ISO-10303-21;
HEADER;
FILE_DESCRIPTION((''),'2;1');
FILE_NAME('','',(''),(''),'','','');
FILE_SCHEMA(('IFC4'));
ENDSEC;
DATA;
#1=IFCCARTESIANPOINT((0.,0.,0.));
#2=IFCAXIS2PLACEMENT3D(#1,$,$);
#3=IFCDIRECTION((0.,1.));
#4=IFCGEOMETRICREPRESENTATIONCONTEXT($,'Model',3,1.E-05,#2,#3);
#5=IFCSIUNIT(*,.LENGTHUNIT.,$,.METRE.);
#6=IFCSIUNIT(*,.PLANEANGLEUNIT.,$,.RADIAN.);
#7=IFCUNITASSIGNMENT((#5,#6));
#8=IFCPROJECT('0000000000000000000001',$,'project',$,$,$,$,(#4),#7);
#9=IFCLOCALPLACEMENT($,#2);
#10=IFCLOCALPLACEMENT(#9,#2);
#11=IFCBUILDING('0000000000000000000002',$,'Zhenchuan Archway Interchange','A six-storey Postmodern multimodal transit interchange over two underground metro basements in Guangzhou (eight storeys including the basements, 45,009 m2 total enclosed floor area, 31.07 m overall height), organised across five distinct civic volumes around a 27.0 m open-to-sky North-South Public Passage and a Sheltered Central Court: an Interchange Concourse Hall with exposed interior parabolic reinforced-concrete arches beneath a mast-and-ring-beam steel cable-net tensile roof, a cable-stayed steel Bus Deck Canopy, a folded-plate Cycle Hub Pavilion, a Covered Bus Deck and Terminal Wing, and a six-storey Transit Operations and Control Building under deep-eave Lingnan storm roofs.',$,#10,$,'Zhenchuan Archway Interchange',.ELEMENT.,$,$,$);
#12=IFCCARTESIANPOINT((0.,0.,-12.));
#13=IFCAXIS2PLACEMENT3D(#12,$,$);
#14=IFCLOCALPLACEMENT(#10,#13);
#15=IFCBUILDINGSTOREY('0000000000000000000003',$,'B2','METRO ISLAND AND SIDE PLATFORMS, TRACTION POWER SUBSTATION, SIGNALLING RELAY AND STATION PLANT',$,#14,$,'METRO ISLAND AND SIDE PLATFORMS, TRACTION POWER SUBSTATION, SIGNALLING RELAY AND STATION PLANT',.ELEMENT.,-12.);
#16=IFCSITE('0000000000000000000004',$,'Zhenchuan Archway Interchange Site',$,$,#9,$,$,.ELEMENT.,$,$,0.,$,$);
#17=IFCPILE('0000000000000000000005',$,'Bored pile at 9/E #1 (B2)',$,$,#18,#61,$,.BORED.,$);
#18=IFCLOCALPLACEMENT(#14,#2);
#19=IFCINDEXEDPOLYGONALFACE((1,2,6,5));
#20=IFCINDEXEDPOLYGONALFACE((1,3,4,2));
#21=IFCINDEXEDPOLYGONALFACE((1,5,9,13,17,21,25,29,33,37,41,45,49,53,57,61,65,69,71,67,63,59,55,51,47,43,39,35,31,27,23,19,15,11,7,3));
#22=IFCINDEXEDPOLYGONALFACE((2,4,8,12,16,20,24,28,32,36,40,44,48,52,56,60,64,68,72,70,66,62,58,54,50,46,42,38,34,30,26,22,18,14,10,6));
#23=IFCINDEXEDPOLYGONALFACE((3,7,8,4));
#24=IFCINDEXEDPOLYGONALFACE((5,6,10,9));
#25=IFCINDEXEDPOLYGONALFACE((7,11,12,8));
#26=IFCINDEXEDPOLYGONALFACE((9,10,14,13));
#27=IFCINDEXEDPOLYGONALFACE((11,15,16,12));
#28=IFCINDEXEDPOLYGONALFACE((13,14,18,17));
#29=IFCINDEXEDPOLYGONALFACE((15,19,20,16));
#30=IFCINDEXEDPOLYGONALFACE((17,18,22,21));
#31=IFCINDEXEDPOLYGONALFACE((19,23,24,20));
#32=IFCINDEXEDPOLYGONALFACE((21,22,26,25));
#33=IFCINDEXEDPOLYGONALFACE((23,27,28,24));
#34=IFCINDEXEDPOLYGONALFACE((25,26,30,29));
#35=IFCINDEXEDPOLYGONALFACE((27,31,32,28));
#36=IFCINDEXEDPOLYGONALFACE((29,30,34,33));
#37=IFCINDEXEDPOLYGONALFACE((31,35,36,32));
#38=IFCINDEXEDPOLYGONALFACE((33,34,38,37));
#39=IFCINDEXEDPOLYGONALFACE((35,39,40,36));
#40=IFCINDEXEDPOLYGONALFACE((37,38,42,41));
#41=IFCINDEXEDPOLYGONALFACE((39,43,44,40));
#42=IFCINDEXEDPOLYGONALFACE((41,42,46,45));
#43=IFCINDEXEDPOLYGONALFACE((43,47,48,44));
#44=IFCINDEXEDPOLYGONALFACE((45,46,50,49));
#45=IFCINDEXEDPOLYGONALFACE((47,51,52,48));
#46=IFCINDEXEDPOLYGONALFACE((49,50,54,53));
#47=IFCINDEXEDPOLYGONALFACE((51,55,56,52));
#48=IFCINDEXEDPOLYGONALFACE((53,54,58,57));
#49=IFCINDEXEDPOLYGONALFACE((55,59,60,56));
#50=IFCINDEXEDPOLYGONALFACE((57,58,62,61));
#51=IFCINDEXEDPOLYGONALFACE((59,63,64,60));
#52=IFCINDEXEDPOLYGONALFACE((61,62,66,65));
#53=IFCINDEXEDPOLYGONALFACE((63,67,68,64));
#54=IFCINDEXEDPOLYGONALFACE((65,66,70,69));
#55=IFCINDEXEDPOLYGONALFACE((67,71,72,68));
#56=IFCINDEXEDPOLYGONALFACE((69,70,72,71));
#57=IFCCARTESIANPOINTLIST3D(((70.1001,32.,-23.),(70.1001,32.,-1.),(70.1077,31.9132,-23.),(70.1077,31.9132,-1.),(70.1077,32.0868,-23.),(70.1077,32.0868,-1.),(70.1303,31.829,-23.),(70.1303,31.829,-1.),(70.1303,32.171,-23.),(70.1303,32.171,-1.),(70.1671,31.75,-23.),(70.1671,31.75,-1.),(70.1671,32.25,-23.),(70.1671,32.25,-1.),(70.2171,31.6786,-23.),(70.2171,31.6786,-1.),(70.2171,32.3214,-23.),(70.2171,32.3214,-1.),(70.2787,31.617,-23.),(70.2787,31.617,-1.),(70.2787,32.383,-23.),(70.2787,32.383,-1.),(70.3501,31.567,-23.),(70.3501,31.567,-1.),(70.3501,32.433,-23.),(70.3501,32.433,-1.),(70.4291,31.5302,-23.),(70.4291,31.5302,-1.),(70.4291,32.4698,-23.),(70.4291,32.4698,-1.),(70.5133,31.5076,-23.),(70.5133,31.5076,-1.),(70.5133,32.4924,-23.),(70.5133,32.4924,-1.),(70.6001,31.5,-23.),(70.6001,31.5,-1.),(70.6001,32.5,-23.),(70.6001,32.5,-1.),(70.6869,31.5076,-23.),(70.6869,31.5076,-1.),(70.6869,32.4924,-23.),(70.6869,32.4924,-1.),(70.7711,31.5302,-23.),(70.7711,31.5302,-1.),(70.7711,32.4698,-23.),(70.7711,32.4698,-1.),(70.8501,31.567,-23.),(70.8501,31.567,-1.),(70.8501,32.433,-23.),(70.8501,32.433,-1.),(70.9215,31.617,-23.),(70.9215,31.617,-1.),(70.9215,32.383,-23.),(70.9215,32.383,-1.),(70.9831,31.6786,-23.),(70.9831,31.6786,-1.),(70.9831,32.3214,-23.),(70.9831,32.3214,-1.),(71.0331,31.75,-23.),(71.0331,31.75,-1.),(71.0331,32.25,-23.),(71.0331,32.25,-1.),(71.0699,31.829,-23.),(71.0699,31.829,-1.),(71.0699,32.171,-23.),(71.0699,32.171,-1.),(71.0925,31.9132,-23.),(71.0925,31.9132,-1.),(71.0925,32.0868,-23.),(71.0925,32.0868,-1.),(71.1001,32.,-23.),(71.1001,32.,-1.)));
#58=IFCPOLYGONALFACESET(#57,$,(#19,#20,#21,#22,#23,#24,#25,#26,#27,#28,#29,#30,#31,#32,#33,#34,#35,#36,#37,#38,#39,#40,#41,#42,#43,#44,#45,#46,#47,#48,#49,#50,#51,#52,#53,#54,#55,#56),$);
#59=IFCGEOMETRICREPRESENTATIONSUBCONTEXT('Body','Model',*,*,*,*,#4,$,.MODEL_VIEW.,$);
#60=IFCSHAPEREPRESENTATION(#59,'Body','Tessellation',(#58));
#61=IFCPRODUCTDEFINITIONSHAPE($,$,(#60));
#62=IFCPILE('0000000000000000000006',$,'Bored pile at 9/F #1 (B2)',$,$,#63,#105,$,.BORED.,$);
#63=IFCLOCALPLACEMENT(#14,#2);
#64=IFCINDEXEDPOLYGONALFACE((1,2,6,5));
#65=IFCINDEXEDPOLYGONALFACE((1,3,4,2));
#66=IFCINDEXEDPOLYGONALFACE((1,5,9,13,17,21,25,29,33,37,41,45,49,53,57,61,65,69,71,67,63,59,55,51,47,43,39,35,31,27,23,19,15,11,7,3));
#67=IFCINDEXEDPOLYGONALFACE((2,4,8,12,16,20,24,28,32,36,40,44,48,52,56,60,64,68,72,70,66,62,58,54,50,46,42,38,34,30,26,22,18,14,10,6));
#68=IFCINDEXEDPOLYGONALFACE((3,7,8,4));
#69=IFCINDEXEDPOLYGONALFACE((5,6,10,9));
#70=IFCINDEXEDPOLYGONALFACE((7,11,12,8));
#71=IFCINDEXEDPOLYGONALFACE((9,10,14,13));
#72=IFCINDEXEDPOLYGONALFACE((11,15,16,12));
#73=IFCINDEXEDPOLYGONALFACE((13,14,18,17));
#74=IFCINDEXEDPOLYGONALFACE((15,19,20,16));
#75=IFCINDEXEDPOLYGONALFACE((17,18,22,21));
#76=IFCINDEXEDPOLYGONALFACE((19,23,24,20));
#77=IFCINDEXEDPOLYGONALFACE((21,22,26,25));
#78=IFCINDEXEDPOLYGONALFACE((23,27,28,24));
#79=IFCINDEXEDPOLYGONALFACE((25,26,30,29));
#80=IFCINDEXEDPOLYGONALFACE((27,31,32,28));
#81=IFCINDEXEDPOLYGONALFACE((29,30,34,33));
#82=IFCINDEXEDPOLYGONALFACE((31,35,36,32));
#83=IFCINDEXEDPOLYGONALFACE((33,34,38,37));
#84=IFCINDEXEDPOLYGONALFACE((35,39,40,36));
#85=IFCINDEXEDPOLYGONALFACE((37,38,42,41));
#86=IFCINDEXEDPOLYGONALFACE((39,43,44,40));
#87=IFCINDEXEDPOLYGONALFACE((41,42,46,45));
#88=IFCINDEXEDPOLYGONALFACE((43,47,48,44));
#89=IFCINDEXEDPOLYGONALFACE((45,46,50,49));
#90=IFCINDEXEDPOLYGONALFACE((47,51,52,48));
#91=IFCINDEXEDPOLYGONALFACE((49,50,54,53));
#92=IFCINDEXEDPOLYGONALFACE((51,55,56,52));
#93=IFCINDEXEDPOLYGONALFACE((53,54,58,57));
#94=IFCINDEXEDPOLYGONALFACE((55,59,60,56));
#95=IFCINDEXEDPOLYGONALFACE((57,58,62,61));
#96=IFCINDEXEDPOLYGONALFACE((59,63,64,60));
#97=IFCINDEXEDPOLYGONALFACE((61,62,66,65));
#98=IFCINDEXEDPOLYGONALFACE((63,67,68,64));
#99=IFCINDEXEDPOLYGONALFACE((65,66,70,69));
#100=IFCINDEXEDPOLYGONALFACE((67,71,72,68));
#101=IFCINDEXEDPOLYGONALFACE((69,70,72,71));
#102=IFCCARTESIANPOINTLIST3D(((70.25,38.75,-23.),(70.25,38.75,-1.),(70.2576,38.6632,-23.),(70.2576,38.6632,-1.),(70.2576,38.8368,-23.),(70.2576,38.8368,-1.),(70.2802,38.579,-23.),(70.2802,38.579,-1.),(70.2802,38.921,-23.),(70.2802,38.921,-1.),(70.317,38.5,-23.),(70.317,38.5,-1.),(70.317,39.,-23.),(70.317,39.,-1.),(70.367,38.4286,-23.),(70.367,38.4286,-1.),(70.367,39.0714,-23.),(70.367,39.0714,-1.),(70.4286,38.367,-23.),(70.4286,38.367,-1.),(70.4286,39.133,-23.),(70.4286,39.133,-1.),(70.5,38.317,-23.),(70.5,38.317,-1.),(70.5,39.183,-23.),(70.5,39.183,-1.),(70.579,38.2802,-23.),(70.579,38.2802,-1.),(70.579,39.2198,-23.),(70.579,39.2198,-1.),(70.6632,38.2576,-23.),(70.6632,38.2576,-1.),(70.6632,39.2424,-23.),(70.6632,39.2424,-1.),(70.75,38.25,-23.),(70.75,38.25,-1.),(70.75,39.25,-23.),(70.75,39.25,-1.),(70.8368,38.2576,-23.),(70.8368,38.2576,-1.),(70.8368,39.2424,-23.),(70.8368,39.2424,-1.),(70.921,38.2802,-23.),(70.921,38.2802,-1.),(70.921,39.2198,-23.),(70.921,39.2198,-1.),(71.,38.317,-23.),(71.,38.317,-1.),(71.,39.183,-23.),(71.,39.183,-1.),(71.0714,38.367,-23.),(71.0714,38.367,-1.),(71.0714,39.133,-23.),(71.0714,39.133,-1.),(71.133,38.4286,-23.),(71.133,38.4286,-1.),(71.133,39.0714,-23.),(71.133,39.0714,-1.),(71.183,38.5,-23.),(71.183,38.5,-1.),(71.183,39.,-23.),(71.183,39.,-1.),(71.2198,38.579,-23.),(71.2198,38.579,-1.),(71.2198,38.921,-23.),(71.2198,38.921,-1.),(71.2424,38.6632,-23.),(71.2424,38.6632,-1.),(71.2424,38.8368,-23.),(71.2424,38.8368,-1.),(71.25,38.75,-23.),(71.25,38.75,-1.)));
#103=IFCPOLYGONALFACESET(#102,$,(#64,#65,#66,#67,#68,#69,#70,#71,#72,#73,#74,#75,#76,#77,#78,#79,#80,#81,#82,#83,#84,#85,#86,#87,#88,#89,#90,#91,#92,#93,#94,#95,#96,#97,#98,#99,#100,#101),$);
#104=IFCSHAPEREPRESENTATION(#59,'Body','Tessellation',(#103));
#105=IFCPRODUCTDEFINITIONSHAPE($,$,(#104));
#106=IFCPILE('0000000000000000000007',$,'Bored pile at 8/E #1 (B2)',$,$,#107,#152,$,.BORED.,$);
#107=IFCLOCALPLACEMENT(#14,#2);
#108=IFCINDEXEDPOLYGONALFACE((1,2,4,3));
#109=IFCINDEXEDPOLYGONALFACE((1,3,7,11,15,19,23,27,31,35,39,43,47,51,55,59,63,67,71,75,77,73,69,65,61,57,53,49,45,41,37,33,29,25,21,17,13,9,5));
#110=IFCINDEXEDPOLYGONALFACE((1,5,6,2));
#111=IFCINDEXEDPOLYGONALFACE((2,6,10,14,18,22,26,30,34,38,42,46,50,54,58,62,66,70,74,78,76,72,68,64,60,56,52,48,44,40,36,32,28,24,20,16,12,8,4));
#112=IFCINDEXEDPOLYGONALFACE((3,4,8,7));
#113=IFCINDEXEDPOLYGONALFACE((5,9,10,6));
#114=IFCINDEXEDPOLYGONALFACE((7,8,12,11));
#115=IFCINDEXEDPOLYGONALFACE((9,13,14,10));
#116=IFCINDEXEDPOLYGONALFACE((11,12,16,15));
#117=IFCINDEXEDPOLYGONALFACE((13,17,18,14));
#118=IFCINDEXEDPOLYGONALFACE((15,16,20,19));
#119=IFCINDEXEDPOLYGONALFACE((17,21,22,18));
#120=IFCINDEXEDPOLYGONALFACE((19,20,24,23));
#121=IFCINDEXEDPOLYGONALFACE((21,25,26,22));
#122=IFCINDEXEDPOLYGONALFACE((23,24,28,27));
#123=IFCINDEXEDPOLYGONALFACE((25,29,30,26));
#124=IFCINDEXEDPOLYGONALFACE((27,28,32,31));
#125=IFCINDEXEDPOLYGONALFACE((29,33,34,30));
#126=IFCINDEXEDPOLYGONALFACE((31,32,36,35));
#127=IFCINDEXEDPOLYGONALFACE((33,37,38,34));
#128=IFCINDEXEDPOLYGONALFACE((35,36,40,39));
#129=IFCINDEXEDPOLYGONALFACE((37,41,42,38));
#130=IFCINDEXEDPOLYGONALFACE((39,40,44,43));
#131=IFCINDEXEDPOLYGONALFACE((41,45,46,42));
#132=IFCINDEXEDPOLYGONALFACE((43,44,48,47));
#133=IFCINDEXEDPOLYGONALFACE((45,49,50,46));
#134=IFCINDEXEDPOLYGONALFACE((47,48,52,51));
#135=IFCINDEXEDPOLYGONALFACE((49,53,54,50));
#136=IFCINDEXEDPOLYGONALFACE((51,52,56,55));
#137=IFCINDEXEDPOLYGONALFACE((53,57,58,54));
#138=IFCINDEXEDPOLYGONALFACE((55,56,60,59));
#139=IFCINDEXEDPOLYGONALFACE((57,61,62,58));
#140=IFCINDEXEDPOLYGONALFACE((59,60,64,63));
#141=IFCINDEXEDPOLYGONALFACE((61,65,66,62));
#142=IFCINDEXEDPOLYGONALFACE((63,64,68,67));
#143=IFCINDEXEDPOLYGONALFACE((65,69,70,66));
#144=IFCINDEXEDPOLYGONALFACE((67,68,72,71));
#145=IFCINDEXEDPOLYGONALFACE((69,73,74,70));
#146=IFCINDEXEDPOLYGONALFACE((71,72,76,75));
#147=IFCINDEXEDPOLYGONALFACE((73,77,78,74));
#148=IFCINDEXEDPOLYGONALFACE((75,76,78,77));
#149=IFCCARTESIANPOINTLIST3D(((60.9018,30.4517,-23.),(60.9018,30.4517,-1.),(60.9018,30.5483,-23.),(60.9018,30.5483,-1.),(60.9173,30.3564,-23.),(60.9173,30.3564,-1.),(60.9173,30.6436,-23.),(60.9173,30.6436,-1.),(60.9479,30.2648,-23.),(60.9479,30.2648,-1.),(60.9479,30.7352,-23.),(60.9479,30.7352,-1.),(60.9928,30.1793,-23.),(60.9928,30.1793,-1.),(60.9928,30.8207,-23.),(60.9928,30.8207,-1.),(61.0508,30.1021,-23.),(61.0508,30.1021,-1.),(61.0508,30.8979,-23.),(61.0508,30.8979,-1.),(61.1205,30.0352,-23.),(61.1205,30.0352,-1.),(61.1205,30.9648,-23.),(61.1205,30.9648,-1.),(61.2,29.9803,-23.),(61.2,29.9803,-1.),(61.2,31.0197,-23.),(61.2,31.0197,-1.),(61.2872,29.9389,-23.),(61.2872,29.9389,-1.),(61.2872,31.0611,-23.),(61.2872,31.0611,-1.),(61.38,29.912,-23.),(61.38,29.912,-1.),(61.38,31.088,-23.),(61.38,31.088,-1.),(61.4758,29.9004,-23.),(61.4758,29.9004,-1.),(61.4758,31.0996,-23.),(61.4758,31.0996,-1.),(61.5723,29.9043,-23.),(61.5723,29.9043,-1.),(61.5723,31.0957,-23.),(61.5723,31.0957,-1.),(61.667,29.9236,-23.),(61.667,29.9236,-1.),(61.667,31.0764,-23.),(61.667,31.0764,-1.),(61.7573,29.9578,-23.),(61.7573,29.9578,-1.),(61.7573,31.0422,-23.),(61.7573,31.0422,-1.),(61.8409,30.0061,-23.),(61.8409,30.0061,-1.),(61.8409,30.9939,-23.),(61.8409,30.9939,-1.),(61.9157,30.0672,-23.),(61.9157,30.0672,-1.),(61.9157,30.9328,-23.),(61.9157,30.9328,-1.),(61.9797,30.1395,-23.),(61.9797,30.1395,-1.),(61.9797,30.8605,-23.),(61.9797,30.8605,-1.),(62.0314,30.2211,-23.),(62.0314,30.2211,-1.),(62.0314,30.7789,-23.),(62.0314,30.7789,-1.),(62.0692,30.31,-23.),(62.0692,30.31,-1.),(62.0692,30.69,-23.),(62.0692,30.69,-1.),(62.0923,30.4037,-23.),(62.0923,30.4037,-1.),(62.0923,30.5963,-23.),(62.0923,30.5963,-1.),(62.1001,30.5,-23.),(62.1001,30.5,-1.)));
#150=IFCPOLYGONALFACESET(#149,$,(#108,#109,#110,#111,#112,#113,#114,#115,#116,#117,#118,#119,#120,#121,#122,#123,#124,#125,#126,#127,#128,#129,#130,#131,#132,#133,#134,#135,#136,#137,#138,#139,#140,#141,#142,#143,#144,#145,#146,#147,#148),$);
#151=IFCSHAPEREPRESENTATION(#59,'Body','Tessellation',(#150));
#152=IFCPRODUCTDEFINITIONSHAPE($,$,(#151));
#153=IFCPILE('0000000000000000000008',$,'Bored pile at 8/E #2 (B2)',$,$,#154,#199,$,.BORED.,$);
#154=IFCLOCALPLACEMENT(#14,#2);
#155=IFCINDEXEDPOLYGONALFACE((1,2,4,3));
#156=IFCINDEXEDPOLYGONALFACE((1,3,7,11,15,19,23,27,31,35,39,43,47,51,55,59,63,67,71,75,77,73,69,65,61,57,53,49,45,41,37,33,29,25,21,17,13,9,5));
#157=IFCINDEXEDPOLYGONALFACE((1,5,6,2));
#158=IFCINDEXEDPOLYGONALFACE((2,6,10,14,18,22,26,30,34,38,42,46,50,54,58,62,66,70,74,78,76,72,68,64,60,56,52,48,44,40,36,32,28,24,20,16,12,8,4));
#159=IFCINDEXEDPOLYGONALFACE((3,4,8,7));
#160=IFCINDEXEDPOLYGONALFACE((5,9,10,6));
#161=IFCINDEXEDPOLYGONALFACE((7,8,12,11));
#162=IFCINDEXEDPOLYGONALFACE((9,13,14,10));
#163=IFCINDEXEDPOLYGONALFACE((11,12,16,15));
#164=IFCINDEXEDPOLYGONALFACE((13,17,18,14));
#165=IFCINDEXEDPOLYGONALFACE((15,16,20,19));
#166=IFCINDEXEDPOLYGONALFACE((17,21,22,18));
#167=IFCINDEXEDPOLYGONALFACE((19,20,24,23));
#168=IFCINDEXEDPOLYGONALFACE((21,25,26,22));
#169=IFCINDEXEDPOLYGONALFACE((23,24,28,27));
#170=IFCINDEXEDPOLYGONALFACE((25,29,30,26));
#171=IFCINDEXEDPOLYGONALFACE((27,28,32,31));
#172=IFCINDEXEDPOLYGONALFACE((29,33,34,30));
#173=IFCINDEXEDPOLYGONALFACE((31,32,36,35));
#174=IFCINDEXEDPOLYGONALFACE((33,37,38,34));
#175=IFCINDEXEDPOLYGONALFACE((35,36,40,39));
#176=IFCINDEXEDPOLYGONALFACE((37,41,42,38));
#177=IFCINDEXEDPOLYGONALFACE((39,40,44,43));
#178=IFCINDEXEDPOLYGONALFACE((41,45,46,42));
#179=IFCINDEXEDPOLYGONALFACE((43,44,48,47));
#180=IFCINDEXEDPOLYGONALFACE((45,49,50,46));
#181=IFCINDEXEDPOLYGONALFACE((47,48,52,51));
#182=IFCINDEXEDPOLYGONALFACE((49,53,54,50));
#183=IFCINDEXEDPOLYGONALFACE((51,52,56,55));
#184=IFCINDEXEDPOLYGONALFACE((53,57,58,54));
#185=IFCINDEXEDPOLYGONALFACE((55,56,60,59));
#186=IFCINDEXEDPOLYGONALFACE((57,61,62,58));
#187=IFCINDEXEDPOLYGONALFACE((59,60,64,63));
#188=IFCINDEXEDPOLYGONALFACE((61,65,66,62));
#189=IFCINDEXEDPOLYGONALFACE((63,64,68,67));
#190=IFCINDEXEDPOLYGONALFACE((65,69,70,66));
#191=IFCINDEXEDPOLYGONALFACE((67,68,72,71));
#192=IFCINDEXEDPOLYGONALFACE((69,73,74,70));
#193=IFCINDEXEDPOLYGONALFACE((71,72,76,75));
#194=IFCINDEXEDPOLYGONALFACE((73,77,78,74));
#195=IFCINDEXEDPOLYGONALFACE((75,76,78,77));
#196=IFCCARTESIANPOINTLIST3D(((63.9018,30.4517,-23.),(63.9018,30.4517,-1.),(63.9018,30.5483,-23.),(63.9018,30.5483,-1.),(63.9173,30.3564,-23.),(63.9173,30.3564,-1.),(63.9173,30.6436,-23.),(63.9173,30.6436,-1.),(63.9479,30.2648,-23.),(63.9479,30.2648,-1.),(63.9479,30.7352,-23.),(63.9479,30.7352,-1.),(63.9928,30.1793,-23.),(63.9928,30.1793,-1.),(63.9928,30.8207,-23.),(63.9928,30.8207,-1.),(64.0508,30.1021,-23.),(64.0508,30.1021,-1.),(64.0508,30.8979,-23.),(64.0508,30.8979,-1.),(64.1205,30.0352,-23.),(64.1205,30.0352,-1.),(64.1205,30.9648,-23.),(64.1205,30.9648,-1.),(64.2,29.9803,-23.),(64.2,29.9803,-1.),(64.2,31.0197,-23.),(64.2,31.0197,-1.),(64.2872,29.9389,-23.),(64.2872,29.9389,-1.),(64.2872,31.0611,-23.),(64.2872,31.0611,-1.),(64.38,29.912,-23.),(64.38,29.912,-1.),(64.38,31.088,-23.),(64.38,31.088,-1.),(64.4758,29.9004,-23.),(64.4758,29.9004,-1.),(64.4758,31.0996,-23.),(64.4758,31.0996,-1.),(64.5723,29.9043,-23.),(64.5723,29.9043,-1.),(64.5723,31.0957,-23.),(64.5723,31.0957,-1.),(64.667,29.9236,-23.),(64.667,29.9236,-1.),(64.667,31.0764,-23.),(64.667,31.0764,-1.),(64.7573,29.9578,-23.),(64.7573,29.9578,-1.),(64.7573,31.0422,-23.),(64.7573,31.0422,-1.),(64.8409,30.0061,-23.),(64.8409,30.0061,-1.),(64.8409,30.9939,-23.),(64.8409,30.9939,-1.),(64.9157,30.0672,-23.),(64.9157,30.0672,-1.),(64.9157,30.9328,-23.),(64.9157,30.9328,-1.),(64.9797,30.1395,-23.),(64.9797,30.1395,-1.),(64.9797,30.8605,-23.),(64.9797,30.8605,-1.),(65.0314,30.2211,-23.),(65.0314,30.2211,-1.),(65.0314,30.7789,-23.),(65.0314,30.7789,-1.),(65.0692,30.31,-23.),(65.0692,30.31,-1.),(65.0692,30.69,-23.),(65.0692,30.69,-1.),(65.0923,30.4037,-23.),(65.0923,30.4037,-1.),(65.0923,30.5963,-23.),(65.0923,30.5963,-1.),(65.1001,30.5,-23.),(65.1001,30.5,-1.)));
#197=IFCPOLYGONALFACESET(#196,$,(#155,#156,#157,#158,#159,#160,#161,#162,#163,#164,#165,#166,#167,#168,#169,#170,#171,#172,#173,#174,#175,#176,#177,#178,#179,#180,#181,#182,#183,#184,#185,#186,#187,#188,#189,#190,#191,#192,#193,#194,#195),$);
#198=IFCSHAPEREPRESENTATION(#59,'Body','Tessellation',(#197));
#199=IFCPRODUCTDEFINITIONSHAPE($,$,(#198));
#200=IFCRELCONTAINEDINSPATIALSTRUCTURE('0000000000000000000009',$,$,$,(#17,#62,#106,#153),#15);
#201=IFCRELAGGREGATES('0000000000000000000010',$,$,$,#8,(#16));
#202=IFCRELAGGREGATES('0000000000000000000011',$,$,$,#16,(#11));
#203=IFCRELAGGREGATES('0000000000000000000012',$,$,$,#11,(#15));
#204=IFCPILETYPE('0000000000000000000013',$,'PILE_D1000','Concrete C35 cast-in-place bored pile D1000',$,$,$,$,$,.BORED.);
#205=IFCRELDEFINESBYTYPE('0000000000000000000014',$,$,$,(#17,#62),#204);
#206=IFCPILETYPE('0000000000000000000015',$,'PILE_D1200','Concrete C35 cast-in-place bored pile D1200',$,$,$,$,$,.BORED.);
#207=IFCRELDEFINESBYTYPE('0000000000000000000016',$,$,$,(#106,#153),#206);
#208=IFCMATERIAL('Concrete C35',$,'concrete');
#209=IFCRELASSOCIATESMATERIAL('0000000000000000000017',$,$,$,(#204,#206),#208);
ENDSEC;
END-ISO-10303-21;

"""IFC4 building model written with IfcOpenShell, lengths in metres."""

from ifc_helpers import new_model, si_unit, direction, frame, origin, origin_2d, place, context, subcontext, project, spatial, circle, extrude, material, material_profile, profile_set, type_object, element, save


model = new_model("IFC4")

# Units and contexts
model_context = context("Model", 3, precision=1e-05, world=origin(), true_north=direction((0.0, 1.0)))
body_context = subcontext(model_context, "Body", "Model", "MODEL_VIEW")
ifc_project = project(units=[si_unit("LENGTHUNIT", "METRE"), si_unit("PLANEANGLEUNIT", "RADIAN")], contexts=[model_context])

# Site, building, storey
site_placement = place(None, origin())
site = spatial("IfcSite", under=ifc_project, at=site_placement, Name="Zhenchuan Archway Interchange Site", CompositionType="ELEMENT", RefElevation=0.0)
building_placement = place(site_placement, origin())
building = spatial("IfcBuilding", under=site, at=building_placement, Name="Zhenchuan Archway Interchange", Description="A six-storey Postmodern multimodal transit interchange over two underground metro basements in Guangzhou (eight storeys including the basements, 45,009 m2 total enclosed floor area, 31.07 m overall height), organised across five distinct civic volumes around a 27.0 m open-to-sky North-South Public Passage and a Sheltered Central Court: an Interchange Concourse Hall with exposed interior parabolic reinforced-concrete arches beneath a mast-and-ring-beam steel cable-net tensile roof, a cable-stayed steel Bus Deck Canopy, a folded-plate Cycle Hub Pavilion, a Covered Bus Deck and Terminal Wing, and a six-storey Transit Operations and Control Building under deep-eave Lingnan storm roofs.", LongName="Zhenchuan Archway Interchange", CompositionType="ELEMENT")
storey_placement = place(building_placement, frame((0.0, 0.0, -12.0)))
storey = spatial("IfcBuildingStorey", under=building, at=storey_placement, Name="B2", Description="METRO ISLAND AND SIDE PLATFORMS, TRACTION POWER SUBSTATION, SIGNALLING RELAY AND STATION PLANT", LongName="METRO ISLAND AND SIDE PLATFORMS, TRACTION POWER SUBSTATION, SIGNALLING RELAY AND STATION PLANT", CompositionType="ELEMENT", Elevation=-12.0)

# Piles
ifc_material_1 = material(Name="Concrete C35", Category="concrete")
ifc_material_profile_1 = material_profile(ifc_material_1, circle(Radius=0.5, at=origin_2d()), Name="BORED PILE 1000")
ifc_profile_set_1 = profile_set([ifc_material_profile_1], Name="Concrete C35")
pile_type_1 = type_object("IfcPileType", Name="PILE_D1000", Description="Concrete C35 cast-in-place bored pile D1000", PredefinedType="BORED", material=ifc_profile_set_1)
for number, where, z_axis, x_axis, name in (
    (1, (70.6001, 32.0, -1.0), (0.0, 0.0, -1.0), (1.0, 0.0, 0.0), "Bored pile at 9/E #1 (B2)"),
    (2, (70.75, 38.75, -1.0), (0.0, 0.0, -1.0), (1.0, 0.0, 0.0), "Bored pile at 9/F #1 (B2)"),
):
    element("IfcPile", number, at=place(storey_placement, frame(where, z_axis=z_axis, x_axis=x_axis)), inside=storey, type_object=pile_type_1, Name=name, PredefinedType="BORED", context=body_context, shape_type="SweptSolid", body=[
        extrude(circle(Radius=0.5, at=origin_2d()), origin(), (0.0, 0.0, 1.0), 22.0),
    ])
ifc_material_profile_2 = material_profile(ifc_material_1, circle(Radius=0.6001, at=origin_2d()), Name="BORED PILE 1200")
ifc_profile_set_2 = profile_set([ifc_material_profile_2], Name="Concrete C35")
pile_type_2 = type_object("IfcPileType", Name="PILE_D1200", Description="Concrete C35 cast-in-place bored pile D1200", PredefinedType="BORED", material=ifc_profile_set_2)
for number, where, z_axis, x_axis, name in (
    (3, (61.5, 30.5, -1.0), (0.0, 0.0, -1.0), (1.0, 0.0, 0.0), "Bored pile at 8/E #1 (B2)"),
    (4, (64.5, 30.5, -1.0), (0.0, 0.0, -1.0), (1.0, 0.0, 0.0), "Bored pile at 8/E #2 (B2)"),
):
    element("IfcPile", number, at=place(storey_placement, frame(where, z_axis=z_axis, x_axis=x_axis)), inside=storey, type_object=pile_type_2, Name=name, PredefinedType="BORED", context=body_context, shape_type="SweptSolid", body=[
        extrude(circle(Radius=0.6001, at=origin_2d()), origin(), (0.0, 0.0, 1.0), 22.0),
    ])

save(model, "model.ifc")
